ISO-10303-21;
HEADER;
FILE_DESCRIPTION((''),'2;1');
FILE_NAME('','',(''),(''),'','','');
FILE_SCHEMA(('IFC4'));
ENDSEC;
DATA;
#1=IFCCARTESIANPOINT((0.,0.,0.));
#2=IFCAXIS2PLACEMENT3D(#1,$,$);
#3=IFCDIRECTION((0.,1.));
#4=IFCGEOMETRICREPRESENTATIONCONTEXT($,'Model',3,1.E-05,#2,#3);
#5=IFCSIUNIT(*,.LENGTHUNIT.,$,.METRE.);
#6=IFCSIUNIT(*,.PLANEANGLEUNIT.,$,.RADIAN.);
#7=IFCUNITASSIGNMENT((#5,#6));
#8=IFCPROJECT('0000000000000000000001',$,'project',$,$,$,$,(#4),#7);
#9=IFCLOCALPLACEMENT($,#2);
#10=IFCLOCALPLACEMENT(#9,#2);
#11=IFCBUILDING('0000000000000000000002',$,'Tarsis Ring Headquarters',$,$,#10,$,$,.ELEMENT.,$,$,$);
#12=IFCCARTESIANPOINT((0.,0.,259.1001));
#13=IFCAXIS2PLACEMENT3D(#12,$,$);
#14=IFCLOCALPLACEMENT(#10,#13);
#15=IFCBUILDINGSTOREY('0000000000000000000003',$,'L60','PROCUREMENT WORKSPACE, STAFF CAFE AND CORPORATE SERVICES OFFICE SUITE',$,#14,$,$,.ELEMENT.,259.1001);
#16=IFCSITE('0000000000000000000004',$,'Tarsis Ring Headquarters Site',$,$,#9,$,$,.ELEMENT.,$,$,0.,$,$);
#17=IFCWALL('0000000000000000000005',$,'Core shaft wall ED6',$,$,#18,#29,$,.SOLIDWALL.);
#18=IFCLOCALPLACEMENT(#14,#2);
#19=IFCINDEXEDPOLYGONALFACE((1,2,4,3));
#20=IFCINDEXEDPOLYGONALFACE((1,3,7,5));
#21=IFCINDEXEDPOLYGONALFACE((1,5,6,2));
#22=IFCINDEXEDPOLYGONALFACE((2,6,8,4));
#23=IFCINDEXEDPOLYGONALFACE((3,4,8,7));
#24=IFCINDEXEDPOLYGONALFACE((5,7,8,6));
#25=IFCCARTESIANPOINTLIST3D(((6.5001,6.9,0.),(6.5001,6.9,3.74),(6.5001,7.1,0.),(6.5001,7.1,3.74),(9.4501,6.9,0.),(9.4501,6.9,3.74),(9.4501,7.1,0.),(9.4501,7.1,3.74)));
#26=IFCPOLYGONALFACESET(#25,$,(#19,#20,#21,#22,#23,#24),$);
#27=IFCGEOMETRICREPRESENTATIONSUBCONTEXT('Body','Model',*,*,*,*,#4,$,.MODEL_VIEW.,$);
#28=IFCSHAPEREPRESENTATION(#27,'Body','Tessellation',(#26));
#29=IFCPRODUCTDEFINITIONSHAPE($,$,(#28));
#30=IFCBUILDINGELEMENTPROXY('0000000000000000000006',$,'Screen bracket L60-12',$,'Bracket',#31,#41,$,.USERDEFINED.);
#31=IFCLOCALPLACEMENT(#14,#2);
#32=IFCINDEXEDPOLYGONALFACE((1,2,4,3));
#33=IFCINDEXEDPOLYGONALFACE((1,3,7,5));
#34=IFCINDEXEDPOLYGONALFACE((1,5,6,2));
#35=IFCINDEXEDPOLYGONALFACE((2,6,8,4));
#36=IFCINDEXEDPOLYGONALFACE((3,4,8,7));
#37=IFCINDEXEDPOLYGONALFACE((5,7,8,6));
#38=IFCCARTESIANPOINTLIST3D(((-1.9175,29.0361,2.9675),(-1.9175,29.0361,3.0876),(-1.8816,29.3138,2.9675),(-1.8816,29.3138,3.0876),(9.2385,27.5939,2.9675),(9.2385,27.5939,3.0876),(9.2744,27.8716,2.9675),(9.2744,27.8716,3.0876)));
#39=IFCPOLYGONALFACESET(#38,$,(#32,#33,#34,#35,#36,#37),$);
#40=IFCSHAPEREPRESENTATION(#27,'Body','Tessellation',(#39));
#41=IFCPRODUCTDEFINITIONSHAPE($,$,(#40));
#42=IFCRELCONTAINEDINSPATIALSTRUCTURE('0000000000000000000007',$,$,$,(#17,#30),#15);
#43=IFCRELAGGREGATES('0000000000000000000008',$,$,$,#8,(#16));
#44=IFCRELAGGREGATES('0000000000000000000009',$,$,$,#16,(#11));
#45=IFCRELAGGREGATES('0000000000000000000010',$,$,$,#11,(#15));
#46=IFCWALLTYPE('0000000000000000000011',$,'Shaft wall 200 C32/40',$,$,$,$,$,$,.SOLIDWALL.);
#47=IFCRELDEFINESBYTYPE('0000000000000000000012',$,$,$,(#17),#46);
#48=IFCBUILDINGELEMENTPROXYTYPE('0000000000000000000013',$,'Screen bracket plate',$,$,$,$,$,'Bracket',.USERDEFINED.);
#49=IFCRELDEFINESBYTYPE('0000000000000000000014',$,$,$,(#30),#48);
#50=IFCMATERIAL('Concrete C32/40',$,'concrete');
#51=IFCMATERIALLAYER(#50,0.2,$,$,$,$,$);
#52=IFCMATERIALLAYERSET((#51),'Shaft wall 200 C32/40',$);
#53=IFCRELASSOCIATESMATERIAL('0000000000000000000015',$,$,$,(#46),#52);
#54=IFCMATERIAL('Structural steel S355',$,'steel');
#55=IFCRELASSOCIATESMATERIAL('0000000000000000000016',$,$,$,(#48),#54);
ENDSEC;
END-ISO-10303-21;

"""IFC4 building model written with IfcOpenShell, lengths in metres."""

from ifc_helpers import new_model, si_unit, direction, frame, frame_2d, origin, origin_2d, place, context, subcontext, project, spatial, rectangle, extrude, material, layer, layer_set, type_object, element, save


model = new_model("IFC4")

# Units and contexts
model_context = context("Model", 3, precision=1e-05, world=origin(), true_north=direction((0.0, 1.0)))
body_context = subcontext(model_context, "Body", "Model", "MODEL_VIEW")
ifc_project = project(units=[si_unit("LENGTHUNIT", "METRE"), si_unit("PLANEANGLEUNIT", "RADIAN")], contexts=[model_context])

# Site, building, storey
site_placement = place(None, origin())
site = spatial("IfcSite", under=ifc_project, at=site_placement, Name="Tarsis Ring Headquarters Site", CompositionType="ELEMENT", RefElevation=0.0)
building_placement = place(site_placement, origin())
building = spatial("IfcBuilding", under=site, at=building_placement, Name="Tarsis Ring Headquarters", CompositionType="ELEMENT")
storey_placement = place(building_placement, frame((0.0, 0.0, 259.1001)))
storey = spatial("IfcBuildingStorey", under=building, at=storey_placement, Name="L60", Description="PROCUREMENT WORKSPACE, STAFF CAFE AND CORPORATE SERVICES OFFICE SUITE", CompositionType="ELEMENT", Elevation=259.1001)

# Shared definitions
ifc_material_1 = material(Name="Structural steel S355", Category="steel")

# Shared definitions
ifc_material_2 = material(Name="Concrete C32/40", Category="concrete")

# Shared definitions
ifc_layer_1 = layer(ifc_material_2, 0.2)
ifc_layer_set_1 = layer_set([ifc_layer_1], Name="Shaft wall 200 C32/40")
wall_type_1 = type_object("IfcWallType", Name="Shaft wall 200 C32/40", PredefinedType="SOLIDWALL", material=ifc_layer_set_1)

# Wall
wall_1_placement = place(storey_placement, frame((6.5, 7.0, 0.0), z_axis=(0.0, 0.0, 1.0), x_axis=(1.0, 0.0, 0.0)))
element("IfcWall", 1, at=wall_1_placement, inside=storey, type_object=wall_type_1, Name="Core shaft wall ED6", PredefinedType="SOLIDWALL", context=body_context, shape_type="SweptSolid", body=[
    extrude(rectangle(XDim=2.95, YDim=0.2, at=frame_2d((1.4751, 0.0))), origin(), (0.0, 0.0, 1.0), 3.74),
])

# Building element proxy
building_element_proxy_type = type_object("IfcBuildingElementProxyType", Name="Screen bracket plate", ElementType="Bracket", PredefinedType="USERDEFINED", material=ifc_material_1)
proxy_placement = place(storey_placement, frame((3.6785, 28.4539, 2.9675), z_axis=(0.0, 0.0, 1.0), x_axis=(-0.991747, 0.128212, 0.0)))
element("IfcBuildingElementProxy", 2, at=proxy_placement, inside=storey, type_object=building_element_proxy_type, Name="Screen bracket L60-12", ObjectType="Bracket", PredefinedType="USERDEFINED", context=body_context, shape_type="SweptSolid", body=[
    extrude(rectangle(XDim=11.2488, YDim=0.28, at=origin_2d()), origin(), (0.0, 0.0, 1.0), 0.1201),
])

save(model, "model.ifc")
